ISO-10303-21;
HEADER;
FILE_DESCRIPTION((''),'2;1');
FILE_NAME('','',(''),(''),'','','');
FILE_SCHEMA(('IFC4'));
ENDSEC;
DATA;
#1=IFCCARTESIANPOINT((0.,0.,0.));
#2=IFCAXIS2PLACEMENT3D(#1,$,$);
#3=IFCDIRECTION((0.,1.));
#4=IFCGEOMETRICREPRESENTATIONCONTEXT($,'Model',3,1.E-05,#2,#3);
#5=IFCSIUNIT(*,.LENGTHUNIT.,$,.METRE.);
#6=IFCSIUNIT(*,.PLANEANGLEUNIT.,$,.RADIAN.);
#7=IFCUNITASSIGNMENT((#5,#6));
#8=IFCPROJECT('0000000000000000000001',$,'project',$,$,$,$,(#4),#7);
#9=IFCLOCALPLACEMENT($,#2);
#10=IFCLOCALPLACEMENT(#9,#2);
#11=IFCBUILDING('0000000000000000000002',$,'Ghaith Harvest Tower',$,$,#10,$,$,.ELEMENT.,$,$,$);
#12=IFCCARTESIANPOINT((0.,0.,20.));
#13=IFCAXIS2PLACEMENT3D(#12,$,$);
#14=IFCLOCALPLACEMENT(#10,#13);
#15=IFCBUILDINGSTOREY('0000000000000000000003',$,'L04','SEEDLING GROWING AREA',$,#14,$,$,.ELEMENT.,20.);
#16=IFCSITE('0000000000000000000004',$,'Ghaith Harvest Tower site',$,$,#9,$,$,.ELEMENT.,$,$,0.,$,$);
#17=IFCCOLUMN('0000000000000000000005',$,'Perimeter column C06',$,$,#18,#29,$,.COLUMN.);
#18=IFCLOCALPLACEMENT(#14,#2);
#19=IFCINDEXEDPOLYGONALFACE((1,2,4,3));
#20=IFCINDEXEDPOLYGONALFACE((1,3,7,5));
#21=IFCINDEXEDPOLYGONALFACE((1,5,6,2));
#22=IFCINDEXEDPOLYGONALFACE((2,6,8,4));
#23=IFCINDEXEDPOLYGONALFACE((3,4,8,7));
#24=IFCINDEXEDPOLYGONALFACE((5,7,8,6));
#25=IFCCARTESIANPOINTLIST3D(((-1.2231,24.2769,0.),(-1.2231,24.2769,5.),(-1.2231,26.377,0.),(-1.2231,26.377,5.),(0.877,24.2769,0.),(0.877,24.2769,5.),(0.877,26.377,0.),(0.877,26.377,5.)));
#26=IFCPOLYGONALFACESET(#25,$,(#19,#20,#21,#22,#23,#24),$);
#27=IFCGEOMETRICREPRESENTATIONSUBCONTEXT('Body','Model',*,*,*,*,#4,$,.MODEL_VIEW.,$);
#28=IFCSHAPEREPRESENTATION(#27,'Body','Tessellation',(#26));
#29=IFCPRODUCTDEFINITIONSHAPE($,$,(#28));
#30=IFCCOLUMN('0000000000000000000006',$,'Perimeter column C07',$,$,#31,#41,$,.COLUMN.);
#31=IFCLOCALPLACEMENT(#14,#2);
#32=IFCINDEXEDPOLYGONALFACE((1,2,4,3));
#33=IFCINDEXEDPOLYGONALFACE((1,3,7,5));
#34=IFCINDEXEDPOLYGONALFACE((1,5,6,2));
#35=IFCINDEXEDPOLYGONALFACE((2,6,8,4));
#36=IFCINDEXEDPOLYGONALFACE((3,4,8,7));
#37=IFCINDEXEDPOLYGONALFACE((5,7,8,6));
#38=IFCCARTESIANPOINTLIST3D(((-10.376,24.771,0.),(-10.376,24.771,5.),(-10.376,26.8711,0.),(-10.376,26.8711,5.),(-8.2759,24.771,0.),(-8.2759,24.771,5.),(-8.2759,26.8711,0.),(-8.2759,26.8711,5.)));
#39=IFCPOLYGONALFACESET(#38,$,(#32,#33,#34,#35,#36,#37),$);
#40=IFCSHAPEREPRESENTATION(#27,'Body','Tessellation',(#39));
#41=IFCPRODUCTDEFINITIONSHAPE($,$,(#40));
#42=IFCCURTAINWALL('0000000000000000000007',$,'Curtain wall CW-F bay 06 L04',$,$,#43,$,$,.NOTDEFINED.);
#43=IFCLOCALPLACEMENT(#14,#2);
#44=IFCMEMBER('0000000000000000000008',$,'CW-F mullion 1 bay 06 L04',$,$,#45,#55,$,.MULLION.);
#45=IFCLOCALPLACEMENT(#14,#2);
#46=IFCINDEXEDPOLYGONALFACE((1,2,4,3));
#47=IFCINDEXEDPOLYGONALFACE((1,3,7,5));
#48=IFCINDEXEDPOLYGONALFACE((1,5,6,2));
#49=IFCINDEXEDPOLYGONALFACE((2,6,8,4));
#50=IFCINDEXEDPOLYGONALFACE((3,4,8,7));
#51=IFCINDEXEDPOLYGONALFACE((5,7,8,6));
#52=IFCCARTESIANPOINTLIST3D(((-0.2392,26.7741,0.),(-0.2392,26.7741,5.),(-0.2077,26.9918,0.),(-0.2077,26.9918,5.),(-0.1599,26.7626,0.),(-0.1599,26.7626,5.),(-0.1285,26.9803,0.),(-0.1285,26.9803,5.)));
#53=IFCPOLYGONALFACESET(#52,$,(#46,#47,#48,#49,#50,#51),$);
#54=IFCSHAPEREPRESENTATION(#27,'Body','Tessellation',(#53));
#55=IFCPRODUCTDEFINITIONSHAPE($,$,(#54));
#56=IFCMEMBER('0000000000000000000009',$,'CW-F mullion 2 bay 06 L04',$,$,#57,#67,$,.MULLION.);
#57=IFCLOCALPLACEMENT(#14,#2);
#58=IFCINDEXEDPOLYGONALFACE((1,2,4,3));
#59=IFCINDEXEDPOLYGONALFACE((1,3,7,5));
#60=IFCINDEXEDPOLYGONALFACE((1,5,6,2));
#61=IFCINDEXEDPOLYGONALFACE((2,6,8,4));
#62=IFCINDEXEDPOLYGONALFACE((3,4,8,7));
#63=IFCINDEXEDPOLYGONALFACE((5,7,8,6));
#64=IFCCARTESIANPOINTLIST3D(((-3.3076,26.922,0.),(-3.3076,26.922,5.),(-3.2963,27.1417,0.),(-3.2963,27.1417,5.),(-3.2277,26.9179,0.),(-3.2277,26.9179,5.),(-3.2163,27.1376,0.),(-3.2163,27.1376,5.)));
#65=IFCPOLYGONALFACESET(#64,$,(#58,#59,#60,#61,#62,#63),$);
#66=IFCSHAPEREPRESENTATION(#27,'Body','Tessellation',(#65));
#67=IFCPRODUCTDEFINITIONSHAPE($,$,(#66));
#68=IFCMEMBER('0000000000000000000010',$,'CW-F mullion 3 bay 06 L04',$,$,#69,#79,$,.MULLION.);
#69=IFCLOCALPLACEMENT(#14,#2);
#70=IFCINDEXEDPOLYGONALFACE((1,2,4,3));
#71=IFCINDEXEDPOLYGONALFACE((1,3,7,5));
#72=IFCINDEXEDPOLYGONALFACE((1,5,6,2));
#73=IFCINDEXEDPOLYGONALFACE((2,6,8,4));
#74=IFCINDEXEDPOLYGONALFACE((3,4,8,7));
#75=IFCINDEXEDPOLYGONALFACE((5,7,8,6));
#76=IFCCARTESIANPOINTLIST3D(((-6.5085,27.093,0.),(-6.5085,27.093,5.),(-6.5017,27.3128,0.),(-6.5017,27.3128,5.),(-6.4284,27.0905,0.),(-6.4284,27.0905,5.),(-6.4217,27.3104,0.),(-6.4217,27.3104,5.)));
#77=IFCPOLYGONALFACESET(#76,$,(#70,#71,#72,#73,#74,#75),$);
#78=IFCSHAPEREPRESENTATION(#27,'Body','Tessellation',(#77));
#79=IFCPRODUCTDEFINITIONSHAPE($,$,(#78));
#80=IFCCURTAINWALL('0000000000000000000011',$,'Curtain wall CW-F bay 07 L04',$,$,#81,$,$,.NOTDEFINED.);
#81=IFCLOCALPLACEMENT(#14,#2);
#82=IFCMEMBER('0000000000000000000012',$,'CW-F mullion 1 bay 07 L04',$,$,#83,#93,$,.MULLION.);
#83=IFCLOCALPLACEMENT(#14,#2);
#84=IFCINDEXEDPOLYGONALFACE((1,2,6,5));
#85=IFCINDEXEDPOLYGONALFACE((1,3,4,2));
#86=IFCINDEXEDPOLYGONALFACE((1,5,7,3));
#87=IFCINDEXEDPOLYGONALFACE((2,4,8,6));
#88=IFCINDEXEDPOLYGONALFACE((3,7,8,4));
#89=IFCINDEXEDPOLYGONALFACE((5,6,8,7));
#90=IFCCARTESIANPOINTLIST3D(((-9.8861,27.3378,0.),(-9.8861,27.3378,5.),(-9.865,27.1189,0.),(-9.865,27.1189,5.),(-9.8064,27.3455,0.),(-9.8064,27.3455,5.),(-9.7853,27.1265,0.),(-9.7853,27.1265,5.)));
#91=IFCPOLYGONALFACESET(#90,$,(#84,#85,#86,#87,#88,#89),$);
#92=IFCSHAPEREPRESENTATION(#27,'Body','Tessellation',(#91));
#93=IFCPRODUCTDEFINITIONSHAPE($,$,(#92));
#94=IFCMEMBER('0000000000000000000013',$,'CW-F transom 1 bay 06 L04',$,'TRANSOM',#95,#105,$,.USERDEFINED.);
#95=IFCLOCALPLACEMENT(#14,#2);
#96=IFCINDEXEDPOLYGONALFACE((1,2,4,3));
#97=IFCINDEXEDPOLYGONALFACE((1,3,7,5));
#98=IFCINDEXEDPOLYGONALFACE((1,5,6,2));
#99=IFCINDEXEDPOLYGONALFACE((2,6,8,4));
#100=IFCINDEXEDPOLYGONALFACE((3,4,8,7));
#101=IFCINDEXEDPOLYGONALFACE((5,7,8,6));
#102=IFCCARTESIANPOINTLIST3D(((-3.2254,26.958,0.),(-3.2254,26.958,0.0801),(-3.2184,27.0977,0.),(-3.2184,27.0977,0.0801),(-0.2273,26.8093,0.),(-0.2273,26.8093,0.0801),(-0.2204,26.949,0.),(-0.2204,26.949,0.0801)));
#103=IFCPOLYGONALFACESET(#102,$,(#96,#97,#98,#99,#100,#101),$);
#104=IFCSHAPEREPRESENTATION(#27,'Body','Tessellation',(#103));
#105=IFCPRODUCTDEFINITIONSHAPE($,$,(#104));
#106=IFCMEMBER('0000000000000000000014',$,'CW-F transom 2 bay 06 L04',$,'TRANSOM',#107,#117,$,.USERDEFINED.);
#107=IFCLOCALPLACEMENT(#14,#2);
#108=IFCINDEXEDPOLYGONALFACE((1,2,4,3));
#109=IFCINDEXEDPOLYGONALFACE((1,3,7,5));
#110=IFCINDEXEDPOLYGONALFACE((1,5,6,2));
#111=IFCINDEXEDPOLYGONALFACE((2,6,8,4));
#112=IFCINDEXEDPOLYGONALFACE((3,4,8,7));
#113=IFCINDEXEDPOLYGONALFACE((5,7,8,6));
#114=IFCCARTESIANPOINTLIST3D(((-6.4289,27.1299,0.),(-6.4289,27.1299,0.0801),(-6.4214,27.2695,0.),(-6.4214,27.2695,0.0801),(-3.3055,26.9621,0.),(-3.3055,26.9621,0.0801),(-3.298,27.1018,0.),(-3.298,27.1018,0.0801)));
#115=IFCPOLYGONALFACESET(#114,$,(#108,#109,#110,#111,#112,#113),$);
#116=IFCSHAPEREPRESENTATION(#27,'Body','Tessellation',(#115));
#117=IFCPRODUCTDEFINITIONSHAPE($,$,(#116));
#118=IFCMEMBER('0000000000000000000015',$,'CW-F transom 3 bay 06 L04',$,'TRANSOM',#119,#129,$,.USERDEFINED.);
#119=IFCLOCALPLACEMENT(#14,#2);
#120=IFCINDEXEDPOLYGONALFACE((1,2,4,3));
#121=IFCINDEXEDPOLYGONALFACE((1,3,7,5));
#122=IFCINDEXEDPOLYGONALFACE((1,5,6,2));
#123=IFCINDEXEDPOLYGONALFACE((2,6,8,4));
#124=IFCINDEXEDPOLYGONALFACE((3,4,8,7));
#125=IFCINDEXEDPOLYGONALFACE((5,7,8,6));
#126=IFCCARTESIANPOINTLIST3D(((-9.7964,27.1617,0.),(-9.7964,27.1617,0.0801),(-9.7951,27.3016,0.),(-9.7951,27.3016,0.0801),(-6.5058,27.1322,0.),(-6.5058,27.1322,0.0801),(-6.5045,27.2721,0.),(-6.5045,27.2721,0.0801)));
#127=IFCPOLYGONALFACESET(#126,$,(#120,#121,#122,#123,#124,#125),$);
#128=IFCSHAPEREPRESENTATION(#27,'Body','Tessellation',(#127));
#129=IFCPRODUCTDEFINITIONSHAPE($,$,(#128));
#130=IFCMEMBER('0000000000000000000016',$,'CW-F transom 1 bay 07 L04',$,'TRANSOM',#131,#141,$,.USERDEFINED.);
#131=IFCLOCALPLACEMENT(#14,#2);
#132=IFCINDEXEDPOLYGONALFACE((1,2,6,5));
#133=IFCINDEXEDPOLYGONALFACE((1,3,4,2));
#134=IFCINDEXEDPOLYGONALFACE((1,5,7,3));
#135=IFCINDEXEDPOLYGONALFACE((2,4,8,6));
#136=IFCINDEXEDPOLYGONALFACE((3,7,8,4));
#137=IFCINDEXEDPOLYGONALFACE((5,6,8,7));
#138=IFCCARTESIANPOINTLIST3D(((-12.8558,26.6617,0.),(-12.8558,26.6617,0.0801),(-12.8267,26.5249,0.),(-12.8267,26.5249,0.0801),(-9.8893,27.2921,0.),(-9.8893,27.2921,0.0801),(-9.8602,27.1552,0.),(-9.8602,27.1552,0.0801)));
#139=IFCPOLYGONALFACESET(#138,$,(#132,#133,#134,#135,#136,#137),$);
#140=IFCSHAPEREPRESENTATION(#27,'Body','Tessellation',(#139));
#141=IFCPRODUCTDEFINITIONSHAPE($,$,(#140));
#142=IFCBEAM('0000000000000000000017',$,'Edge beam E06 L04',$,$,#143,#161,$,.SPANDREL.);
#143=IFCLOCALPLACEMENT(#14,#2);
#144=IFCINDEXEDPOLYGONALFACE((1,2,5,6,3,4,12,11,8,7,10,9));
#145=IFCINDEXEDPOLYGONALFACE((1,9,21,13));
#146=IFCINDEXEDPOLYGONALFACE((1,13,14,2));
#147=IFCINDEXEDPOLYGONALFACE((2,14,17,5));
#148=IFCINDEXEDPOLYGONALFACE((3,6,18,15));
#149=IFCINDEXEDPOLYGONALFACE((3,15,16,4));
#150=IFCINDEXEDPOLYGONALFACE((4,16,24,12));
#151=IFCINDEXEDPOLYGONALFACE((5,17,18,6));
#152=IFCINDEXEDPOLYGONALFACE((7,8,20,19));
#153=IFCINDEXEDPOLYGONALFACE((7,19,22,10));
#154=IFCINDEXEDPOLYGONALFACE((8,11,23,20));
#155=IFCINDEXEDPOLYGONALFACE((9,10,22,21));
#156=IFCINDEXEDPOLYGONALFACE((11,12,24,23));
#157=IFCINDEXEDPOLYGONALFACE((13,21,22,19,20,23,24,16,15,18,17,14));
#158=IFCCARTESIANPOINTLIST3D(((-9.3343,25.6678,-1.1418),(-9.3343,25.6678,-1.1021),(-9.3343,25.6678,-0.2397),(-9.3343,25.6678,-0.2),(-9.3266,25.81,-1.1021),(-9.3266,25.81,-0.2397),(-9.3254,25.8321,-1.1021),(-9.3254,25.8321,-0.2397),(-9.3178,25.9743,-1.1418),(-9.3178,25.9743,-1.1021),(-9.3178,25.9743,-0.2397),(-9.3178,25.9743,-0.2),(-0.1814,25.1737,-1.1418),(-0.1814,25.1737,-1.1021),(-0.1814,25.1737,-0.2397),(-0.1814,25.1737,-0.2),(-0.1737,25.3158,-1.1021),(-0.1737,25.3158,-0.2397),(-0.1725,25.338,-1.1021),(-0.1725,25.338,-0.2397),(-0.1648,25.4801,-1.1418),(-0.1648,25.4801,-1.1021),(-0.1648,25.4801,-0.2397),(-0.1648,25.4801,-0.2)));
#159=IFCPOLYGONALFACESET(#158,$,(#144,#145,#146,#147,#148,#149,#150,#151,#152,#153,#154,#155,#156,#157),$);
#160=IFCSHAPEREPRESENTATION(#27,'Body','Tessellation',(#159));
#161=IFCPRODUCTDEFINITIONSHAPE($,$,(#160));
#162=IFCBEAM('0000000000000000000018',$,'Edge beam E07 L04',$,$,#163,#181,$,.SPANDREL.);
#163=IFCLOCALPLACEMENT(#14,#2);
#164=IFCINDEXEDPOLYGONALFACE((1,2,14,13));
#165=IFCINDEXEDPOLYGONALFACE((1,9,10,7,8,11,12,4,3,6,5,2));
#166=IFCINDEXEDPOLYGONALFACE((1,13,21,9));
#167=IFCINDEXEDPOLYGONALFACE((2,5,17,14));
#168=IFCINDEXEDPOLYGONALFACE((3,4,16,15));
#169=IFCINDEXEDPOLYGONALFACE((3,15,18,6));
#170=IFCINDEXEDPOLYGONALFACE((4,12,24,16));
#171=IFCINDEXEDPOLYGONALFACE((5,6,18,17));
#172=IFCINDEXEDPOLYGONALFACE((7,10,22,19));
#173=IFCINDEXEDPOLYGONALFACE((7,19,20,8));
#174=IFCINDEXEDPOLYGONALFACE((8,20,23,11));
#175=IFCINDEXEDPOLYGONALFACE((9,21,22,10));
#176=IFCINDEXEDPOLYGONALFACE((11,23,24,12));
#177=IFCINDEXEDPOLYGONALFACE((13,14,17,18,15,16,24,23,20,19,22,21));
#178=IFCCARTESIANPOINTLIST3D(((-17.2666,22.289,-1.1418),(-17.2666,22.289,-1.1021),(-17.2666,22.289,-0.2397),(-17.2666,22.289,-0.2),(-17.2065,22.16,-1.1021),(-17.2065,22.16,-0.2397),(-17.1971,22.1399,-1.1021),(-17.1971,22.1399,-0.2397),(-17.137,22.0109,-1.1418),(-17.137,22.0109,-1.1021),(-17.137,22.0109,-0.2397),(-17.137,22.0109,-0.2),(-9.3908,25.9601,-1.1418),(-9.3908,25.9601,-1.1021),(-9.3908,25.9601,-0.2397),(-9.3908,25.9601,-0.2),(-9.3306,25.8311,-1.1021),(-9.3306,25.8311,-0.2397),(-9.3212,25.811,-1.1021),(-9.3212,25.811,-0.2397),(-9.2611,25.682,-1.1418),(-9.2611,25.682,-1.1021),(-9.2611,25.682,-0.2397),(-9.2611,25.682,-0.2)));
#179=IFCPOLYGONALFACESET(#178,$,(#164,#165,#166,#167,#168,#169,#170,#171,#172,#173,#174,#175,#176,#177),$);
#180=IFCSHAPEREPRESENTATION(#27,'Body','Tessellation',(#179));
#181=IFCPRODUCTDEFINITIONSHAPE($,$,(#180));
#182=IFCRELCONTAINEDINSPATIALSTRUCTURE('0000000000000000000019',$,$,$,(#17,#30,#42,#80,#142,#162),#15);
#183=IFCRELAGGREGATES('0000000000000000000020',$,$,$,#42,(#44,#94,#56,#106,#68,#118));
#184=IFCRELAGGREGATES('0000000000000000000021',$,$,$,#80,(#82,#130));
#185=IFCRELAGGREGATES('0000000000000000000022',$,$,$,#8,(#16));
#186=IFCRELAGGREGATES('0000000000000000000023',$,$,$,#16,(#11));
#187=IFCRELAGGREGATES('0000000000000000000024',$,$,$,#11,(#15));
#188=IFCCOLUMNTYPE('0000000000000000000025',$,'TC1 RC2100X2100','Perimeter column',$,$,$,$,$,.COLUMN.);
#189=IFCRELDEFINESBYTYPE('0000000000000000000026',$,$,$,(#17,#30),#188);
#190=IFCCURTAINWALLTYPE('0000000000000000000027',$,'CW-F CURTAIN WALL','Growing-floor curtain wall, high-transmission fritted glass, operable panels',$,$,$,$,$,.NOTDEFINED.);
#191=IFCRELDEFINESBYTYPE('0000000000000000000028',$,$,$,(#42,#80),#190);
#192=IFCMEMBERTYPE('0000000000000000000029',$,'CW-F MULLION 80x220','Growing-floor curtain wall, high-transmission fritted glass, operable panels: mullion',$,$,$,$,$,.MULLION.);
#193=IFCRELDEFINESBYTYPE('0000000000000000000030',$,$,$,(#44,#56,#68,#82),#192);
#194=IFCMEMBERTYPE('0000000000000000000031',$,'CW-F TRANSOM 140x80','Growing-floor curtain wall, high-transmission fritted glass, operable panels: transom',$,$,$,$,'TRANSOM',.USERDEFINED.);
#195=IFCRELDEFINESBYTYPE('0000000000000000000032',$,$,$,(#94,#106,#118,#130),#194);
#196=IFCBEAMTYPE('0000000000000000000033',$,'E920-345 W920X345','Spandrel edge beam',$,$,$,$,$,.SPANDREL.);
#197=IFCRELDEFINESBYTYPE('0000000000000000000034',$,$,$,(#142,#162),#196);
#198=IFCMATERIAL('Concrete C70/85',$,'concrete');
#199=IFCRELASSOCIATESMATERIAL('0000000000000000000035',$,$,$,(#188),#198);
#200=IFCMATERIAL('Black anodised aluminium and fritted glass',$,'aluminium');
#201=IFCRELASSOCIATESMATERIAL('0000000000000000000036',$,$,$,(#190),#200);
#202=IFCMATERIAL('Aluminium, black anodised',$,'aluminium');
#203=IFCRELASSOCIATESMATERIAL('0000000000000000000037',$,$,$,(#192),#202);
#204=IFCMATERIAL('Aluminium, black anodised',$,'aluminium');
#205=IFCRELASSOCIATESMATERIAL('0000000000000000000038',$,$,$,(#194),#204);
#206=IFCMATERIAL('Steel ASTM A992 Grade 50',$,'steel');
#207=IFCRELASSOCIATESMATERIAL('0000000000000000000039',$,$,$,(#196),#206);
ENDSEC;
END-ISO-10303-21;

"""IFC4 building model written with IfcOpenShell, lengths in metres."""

from ifc_helpers import new_model, si_unit, direction, frame, origin, origin_2d, place, context, subcontext, project, spatial, rectangle, i_section, extrude, material, material_profile, profile_set, type_object, element, aggregate, save


model = new_model("IFC4")

# Units and contexts
model_context = context("Model", 3, precision=1e-05, world=origin(), true_north=direction((0.0, 1.0)))
body_context = subcontext(model_context, "Body", "Model", "MODEL_VIEW")
ifc_project = project(units=[si_unit("LENGTHUNIT", "METRE"), si_unit("PLANEANGLEUNIT", "RADIAN")], contexts=[model_context])

# Site, building, storey
site_placement = place(None, origin())
site = spatial("IfcSite", under=ifc_project, at=site_placement, Name="Ghaith Harvest Tower site", CompositionType="ELEMENT", RefElevation=0.0)
building_placement = place(site_placement, origin())
building = spatial("IfcBuilding", under=site, at=building_placement, Name="Ghaith Harvest Tower", CompositionType="ELEMENT")
storey_placement = place(building_placement, frame((0.0, 0.0, 20.0)))
storey = spatial("IfcBuildingStorey", under=building, at=storey_placement, Name="L04", Description="SEEDLING GROWING AREA", CompositionType="ELEMENT", Elevation=20.0)

# Columns
ifc_material_1 = material(Name="Concrete C70/85", Category="concrete")
ifc_material_profile_1 = material_profile(ifc_material_1, rectangle(XDim=2.1001, YDim=2.1001, at=origin_2d()), Name="RC2100X2100")
ifc_profile_set_1 = profile_set([ifc_material_profile_1], Name="Concrete C70/85")
column_type = type_object("IfcColumnType", Name="TC1 RC2100X2100", Description="Perimeter column", PredefinedType="COLUMN", material=ifc_profile_set_1)
for number, where, z_axis, x_axis, name in (
    (1, (-0.1731, 25.3269, 0.0), (0.0, 0.0, 1.0), (1.0, 0.0, 0.0), "Perimeter column C06"),
    (2, (-9.3259, 25.821, 0.0), (0.0, 0.0, 1.0), (1.0, 0.0, 0.0), "Perimeter column C07"),
):
    element("IfcColumn", number, at=place(storey_placement, frame(where, z_axis=z_axis, x_axis=x_axis)), inside=storey, type_object=column_type, Name=name, PredefinedType="COLUMN", context=body_context, shape_type="SweptSolid", body=[
        extrude(rectangle(XDim=2.1001, YDim=2.1001, at=origin_2d()), origin(), (0.0, 0.0, 1.0), 5.0),
    ])

# Curtain wall, members
ifc_material_2 = material(Name="Black anodised aluminium and fritted glass", Category="aluminium")
curtain_wall_type = type_object("IfcCurtainWallType", Name="CW-F CURTAIN WALL", Description="Growing-floor curtain wall, high-transmission fritted glass, operable panels", PredefinedType="NOTDEFINED", material=ifc_material_2)
curtain_wall_1_placement = place(storey_placement, origin())
curtain_wall_1 = element("IfcCurtainWall", 3, at=curtain_wall_1_placement, inside=storey, type_object=curtain_wall_type, Name="Curtain wall CW-F bay 06 L04", PredefinedType="NOTDEFINED")
ifc_material_3 = material(Name="Aluminium, black anodised", Category="aluminium")
ifc_material_profile_2 = material_profile(ifc_material_3, rectangle(XDim=0.0801, YDim=0.22, at=origin_2d()), Name="CW-F MULLION 80x220")
ifc_profile_set_2 = profile_set([ifc_material_profile_2], Name="Aluminium, black anodised")
member_type_1 = type_object("IfcMemberType", Name="CW-F MULLION 80x220", Description="Growing-floor curtain wall, high-transmission fritted glass, operable panels: mullion", PredefinedType="MULLION", material=ifc_profile_set_2)
member_1_placement = place(storey_placement, frame((-0.1838, 26.8772, 0.0), z_axis=(0.0, 0.0, 1.0), x_axis=(-0.989712, 0.143075, 0.0)))
member_1 = element("IfcMember", 4, at=member_1_placement, type_object=member_type_1, Name="CW-F mullion 1 bay 06 L04", PredefinedType="MULLION", context=body_context, shape_type="SweptSolid", body=[
    extrude(rectangle(XDim=0.0801, YDim=0.22, at=origin_2d()), origin(), (0.0, 0.0, 1.0), 5.0),
])
member_2_placement = place(storey_placement, frame((-3.262, 27.0298, 0.0), z_axis=(0.0, 0.0, 1.0), x_axis=(-0.998667, 0.051618, 0.0)))
member_2 = element("IfcMember", 5, at=member_2_placement, type_object=member_type_1, Name="CW-F mullion 2 bay 06 L04", PredefinedType="MULLION", context=body_context, shape_type="SweptSolid", body=[
    extrude(rectangle(XDim=0.0801, YDim=0.22, at=origin_2d()), origin(), (0.0, 0.0, 1.0), 5.0),
])
member_3_placement = place(storey_placement, frame((-6.4651, 27.2017, 0.0), z_axis=(0.0, 0.0, 1.0), x_axis=(-0.999527, 0.03075, 0.0)))
member_3 = element("IfcMember", 6, at=member_3_placement, type_object=member_type_1, Name="CW-F mullion 3 bay 06 L04", PredefinedType="MULLION", context=body_context, shape_type="SweptSolid", body=[
    extrude(rectangle(XDim=0.0801, YDim=0.22, at=origin_2d()), origin(), (0.0, 0.0, 1.0), 5.0),
])

# Curtain wall, member
curtain_wall_2_placement = place(storey_placement, origin())
curtain_wall_2 = element("IfcCurtainWall", 7, at=curtain_wall_2_placement, inside=storey, type_object=curtain_wall_type, Name="Curtain wall CW-F bay 07 L04", PredefinedType="NOTDEFINED")
member_4_placement = place(storey_placement, frame((-9.8357, 27.2322, 0.0), z_axis=(0.0, 0.0, 1.0), x_axis=(-0.995408, -0.095718, 0.0)))
member_4 = element("IfcMember", 8, at=member_4_placement, type_object=member_type_1, Name="CW-F mullion 1 bay 07 L04", PredefinedType="MULLION", context=body_context, shape_type="SweptSolid", body=[
    extrude(rectangle(XDim=0.0801, YDim=0.22, at=origin_2d()), origin(), (0.0, 0.0, 1.0), 5.0),
])

# Members
ifc_material_4 = material(Name="Aluminium, black anodised", Category="aluminium")
ifc_material_profile_3 = material_profile(ifc_material_4, rectangle(XDim=0.1399, YDim=0.0801, at=origin_2d()), Name="CW-F TRANSOM 140x80")
ifc_profile_set_3 = profile_set([ifc_material_profile_3], Name="Aluminium, black anodised")
member_type_2 = type_object("IfcMemberType", Name="CW-F TRANSOM 140x80", Description="Growing-floor curtain wall, high-transmission fritted glass, operable panels: transom", ElementType="TRANSOM", PredefinedType="USERDEFINED", material=ifc_profile_set_3)
member_5_placement = place(storey_placement, frame((-0.2239, 26.8792, 0.04), z_axis=(-0.998773, 0.049532, 0.0), x_axis=(-0.049532, -0.998773, 0.0)))
member_5 = element("IfcMember", 9, at=member_5_placement, type_object=member_type_2, Name="CW-F transom 1 bay 06 L04", ObjectType="TRANSOM", PredefinedType="USERDEFINED", context=body_context, shape_type="SweptSolid", body=[
    extrude(rectangle(XDim=0.1399, YDim=0.0801, at=origin_2d()), origin(), (0.0, 0.0, 1.0), 3.0017),
])
member_6_placement = place(storey_placement, frame((-3.3018, 27.032, 0.04), z_axis=(-0.998561, 0.05362, 0.0), x_axis=(-0.05362, -0.998561, 0.0)))
member_6 = element("IfcMember", 10, at=member_6_placement, type_object=member_type_2, Name="CW-F transom 2 bay 06 L04", ObjectType="TRANSOM", PredefinedType="USERDEFINED", context=body_context, shape_type="SweptSolid", body=[
    extrude(rectangle(XDim=0.1399, YDim=0.0801, at=origin_2d()), origin(), (0.0, 0.0, 1.0), 3.1279),
])
member_7_placement = place(storey_placement, frame((-6.5051, 27.2021, 0.04), z_axis=(-0.99996, 0.008977, 0.0), x_axis=(-0.008977, -0.99996, 0.0)))
member_7 = element("IfcMember", 11, at=member_7_placement, type_object=member_type_2, Name="CW-F transom 3 bay 06 L04", ObjectType="TRANSOM", PredefinedType="USERDEFINED", context=body_context, shape_type="SweptSolid", body=[
    extrude(rectangle(XDim=0.1399, YDim=0.0801, at=origin_2d()), origin(), (0.0, 0.0, 1.0), 3.2908),
])
member_8_placement = place(storey_placement, frame((-9.8748, 27.2236, 0.04), z_axis=(-0.97816, -0.207852, 0.0), x_axis=(0.207852, -0.97816, 0.0)))
member_8 = element("IfcMember", 12, at=member_8_placement, type_object=member_type_2, Name="CW-F transom 1 bay 07 L04", ObjectType="TRANSOM", PredefinedType="USERDEFINED", context=body_context, shape_type="SweptSolid", body=[
    extrude(rectangle(XDim=0.1399, YDim=0.0801, at=origin_2d()), origin(), (0.0, 0.0, 1.0), 3.0327),
])

# Beams
ifc_material_5 = material(Name="Steel ASTM A992 Grade 50", Category="steel")
ifc_material_profile_4 = material_profile(ifc_material_5, i_section(OverallWidth=0.3069, OverallDepth=0.9419, WebThickness=0.0222, FlangeThickness=0.0398, at=origin_2d()), Name="W920X345")
ifc_profile_set_4 = profile_set([ifc_material_profile_4], Name="Steel ASTM A992 Grade 50")
beam_type_1 = type_object("IfcBeamType", Name="E920-345 W920X345", Description="Spandrel edge beam", PredefinedType="SPANDREL", material=ifc_profile_set_4)
beam_1_placement = place(storey_placement, frame((-0.1731, 25.3269, -0.6709), z_axis=(-0.998546, 0.053909, 0.0), x_axis=(-0.053909, -0.998546, 0.0)))
element("IfcBeam", 13, at=beam_1_placement, inside=storey, type_object=beam_type_1, Name="Edge beam E06 L04", PredefinedType="SPANDREL", context=body_context, shape_type="SweptSolid", body=[
    extrude(i_section(OverallWidth=0.3069, OverallDepth=0.9419, WebThickness=0.0222, FlangeThickness=0.0398, at=origin_2d()), origin(), (0.0, 0.0, 1.0), 9.1663),
])
beam_2_placement = place(storey_placement, frame((-9.3259, 25.821, -0.6709), z_axis=(-0.906373, -0.422478, 0.0), x_axis=(0.422478, -0.906373, 0.0)))
element("IfcBeam", 14, at=beam_2_placement, inside=storey, type_object=beam_type_1, Name="Edge beam E07 L04", PredefinedType="SPANDREL", context=body_context, shape_type="SweptSolid", body=[
    extrude(i_section(OverallWidth=0.3069, OverallDepth=0.9419, WebThickness=0.0222, FlangeThickness=0.0398, at=origin_2d()), origin(), (0.0, 0.0, 1.0), 8.6895),
])

aggregate(curtain_wall_1, [member_1, member_5, member_2, member_6, member_3, member_7])
aggregate(curtain_wall_2, [member_4, member_8])

save(model, "model.ifc")
